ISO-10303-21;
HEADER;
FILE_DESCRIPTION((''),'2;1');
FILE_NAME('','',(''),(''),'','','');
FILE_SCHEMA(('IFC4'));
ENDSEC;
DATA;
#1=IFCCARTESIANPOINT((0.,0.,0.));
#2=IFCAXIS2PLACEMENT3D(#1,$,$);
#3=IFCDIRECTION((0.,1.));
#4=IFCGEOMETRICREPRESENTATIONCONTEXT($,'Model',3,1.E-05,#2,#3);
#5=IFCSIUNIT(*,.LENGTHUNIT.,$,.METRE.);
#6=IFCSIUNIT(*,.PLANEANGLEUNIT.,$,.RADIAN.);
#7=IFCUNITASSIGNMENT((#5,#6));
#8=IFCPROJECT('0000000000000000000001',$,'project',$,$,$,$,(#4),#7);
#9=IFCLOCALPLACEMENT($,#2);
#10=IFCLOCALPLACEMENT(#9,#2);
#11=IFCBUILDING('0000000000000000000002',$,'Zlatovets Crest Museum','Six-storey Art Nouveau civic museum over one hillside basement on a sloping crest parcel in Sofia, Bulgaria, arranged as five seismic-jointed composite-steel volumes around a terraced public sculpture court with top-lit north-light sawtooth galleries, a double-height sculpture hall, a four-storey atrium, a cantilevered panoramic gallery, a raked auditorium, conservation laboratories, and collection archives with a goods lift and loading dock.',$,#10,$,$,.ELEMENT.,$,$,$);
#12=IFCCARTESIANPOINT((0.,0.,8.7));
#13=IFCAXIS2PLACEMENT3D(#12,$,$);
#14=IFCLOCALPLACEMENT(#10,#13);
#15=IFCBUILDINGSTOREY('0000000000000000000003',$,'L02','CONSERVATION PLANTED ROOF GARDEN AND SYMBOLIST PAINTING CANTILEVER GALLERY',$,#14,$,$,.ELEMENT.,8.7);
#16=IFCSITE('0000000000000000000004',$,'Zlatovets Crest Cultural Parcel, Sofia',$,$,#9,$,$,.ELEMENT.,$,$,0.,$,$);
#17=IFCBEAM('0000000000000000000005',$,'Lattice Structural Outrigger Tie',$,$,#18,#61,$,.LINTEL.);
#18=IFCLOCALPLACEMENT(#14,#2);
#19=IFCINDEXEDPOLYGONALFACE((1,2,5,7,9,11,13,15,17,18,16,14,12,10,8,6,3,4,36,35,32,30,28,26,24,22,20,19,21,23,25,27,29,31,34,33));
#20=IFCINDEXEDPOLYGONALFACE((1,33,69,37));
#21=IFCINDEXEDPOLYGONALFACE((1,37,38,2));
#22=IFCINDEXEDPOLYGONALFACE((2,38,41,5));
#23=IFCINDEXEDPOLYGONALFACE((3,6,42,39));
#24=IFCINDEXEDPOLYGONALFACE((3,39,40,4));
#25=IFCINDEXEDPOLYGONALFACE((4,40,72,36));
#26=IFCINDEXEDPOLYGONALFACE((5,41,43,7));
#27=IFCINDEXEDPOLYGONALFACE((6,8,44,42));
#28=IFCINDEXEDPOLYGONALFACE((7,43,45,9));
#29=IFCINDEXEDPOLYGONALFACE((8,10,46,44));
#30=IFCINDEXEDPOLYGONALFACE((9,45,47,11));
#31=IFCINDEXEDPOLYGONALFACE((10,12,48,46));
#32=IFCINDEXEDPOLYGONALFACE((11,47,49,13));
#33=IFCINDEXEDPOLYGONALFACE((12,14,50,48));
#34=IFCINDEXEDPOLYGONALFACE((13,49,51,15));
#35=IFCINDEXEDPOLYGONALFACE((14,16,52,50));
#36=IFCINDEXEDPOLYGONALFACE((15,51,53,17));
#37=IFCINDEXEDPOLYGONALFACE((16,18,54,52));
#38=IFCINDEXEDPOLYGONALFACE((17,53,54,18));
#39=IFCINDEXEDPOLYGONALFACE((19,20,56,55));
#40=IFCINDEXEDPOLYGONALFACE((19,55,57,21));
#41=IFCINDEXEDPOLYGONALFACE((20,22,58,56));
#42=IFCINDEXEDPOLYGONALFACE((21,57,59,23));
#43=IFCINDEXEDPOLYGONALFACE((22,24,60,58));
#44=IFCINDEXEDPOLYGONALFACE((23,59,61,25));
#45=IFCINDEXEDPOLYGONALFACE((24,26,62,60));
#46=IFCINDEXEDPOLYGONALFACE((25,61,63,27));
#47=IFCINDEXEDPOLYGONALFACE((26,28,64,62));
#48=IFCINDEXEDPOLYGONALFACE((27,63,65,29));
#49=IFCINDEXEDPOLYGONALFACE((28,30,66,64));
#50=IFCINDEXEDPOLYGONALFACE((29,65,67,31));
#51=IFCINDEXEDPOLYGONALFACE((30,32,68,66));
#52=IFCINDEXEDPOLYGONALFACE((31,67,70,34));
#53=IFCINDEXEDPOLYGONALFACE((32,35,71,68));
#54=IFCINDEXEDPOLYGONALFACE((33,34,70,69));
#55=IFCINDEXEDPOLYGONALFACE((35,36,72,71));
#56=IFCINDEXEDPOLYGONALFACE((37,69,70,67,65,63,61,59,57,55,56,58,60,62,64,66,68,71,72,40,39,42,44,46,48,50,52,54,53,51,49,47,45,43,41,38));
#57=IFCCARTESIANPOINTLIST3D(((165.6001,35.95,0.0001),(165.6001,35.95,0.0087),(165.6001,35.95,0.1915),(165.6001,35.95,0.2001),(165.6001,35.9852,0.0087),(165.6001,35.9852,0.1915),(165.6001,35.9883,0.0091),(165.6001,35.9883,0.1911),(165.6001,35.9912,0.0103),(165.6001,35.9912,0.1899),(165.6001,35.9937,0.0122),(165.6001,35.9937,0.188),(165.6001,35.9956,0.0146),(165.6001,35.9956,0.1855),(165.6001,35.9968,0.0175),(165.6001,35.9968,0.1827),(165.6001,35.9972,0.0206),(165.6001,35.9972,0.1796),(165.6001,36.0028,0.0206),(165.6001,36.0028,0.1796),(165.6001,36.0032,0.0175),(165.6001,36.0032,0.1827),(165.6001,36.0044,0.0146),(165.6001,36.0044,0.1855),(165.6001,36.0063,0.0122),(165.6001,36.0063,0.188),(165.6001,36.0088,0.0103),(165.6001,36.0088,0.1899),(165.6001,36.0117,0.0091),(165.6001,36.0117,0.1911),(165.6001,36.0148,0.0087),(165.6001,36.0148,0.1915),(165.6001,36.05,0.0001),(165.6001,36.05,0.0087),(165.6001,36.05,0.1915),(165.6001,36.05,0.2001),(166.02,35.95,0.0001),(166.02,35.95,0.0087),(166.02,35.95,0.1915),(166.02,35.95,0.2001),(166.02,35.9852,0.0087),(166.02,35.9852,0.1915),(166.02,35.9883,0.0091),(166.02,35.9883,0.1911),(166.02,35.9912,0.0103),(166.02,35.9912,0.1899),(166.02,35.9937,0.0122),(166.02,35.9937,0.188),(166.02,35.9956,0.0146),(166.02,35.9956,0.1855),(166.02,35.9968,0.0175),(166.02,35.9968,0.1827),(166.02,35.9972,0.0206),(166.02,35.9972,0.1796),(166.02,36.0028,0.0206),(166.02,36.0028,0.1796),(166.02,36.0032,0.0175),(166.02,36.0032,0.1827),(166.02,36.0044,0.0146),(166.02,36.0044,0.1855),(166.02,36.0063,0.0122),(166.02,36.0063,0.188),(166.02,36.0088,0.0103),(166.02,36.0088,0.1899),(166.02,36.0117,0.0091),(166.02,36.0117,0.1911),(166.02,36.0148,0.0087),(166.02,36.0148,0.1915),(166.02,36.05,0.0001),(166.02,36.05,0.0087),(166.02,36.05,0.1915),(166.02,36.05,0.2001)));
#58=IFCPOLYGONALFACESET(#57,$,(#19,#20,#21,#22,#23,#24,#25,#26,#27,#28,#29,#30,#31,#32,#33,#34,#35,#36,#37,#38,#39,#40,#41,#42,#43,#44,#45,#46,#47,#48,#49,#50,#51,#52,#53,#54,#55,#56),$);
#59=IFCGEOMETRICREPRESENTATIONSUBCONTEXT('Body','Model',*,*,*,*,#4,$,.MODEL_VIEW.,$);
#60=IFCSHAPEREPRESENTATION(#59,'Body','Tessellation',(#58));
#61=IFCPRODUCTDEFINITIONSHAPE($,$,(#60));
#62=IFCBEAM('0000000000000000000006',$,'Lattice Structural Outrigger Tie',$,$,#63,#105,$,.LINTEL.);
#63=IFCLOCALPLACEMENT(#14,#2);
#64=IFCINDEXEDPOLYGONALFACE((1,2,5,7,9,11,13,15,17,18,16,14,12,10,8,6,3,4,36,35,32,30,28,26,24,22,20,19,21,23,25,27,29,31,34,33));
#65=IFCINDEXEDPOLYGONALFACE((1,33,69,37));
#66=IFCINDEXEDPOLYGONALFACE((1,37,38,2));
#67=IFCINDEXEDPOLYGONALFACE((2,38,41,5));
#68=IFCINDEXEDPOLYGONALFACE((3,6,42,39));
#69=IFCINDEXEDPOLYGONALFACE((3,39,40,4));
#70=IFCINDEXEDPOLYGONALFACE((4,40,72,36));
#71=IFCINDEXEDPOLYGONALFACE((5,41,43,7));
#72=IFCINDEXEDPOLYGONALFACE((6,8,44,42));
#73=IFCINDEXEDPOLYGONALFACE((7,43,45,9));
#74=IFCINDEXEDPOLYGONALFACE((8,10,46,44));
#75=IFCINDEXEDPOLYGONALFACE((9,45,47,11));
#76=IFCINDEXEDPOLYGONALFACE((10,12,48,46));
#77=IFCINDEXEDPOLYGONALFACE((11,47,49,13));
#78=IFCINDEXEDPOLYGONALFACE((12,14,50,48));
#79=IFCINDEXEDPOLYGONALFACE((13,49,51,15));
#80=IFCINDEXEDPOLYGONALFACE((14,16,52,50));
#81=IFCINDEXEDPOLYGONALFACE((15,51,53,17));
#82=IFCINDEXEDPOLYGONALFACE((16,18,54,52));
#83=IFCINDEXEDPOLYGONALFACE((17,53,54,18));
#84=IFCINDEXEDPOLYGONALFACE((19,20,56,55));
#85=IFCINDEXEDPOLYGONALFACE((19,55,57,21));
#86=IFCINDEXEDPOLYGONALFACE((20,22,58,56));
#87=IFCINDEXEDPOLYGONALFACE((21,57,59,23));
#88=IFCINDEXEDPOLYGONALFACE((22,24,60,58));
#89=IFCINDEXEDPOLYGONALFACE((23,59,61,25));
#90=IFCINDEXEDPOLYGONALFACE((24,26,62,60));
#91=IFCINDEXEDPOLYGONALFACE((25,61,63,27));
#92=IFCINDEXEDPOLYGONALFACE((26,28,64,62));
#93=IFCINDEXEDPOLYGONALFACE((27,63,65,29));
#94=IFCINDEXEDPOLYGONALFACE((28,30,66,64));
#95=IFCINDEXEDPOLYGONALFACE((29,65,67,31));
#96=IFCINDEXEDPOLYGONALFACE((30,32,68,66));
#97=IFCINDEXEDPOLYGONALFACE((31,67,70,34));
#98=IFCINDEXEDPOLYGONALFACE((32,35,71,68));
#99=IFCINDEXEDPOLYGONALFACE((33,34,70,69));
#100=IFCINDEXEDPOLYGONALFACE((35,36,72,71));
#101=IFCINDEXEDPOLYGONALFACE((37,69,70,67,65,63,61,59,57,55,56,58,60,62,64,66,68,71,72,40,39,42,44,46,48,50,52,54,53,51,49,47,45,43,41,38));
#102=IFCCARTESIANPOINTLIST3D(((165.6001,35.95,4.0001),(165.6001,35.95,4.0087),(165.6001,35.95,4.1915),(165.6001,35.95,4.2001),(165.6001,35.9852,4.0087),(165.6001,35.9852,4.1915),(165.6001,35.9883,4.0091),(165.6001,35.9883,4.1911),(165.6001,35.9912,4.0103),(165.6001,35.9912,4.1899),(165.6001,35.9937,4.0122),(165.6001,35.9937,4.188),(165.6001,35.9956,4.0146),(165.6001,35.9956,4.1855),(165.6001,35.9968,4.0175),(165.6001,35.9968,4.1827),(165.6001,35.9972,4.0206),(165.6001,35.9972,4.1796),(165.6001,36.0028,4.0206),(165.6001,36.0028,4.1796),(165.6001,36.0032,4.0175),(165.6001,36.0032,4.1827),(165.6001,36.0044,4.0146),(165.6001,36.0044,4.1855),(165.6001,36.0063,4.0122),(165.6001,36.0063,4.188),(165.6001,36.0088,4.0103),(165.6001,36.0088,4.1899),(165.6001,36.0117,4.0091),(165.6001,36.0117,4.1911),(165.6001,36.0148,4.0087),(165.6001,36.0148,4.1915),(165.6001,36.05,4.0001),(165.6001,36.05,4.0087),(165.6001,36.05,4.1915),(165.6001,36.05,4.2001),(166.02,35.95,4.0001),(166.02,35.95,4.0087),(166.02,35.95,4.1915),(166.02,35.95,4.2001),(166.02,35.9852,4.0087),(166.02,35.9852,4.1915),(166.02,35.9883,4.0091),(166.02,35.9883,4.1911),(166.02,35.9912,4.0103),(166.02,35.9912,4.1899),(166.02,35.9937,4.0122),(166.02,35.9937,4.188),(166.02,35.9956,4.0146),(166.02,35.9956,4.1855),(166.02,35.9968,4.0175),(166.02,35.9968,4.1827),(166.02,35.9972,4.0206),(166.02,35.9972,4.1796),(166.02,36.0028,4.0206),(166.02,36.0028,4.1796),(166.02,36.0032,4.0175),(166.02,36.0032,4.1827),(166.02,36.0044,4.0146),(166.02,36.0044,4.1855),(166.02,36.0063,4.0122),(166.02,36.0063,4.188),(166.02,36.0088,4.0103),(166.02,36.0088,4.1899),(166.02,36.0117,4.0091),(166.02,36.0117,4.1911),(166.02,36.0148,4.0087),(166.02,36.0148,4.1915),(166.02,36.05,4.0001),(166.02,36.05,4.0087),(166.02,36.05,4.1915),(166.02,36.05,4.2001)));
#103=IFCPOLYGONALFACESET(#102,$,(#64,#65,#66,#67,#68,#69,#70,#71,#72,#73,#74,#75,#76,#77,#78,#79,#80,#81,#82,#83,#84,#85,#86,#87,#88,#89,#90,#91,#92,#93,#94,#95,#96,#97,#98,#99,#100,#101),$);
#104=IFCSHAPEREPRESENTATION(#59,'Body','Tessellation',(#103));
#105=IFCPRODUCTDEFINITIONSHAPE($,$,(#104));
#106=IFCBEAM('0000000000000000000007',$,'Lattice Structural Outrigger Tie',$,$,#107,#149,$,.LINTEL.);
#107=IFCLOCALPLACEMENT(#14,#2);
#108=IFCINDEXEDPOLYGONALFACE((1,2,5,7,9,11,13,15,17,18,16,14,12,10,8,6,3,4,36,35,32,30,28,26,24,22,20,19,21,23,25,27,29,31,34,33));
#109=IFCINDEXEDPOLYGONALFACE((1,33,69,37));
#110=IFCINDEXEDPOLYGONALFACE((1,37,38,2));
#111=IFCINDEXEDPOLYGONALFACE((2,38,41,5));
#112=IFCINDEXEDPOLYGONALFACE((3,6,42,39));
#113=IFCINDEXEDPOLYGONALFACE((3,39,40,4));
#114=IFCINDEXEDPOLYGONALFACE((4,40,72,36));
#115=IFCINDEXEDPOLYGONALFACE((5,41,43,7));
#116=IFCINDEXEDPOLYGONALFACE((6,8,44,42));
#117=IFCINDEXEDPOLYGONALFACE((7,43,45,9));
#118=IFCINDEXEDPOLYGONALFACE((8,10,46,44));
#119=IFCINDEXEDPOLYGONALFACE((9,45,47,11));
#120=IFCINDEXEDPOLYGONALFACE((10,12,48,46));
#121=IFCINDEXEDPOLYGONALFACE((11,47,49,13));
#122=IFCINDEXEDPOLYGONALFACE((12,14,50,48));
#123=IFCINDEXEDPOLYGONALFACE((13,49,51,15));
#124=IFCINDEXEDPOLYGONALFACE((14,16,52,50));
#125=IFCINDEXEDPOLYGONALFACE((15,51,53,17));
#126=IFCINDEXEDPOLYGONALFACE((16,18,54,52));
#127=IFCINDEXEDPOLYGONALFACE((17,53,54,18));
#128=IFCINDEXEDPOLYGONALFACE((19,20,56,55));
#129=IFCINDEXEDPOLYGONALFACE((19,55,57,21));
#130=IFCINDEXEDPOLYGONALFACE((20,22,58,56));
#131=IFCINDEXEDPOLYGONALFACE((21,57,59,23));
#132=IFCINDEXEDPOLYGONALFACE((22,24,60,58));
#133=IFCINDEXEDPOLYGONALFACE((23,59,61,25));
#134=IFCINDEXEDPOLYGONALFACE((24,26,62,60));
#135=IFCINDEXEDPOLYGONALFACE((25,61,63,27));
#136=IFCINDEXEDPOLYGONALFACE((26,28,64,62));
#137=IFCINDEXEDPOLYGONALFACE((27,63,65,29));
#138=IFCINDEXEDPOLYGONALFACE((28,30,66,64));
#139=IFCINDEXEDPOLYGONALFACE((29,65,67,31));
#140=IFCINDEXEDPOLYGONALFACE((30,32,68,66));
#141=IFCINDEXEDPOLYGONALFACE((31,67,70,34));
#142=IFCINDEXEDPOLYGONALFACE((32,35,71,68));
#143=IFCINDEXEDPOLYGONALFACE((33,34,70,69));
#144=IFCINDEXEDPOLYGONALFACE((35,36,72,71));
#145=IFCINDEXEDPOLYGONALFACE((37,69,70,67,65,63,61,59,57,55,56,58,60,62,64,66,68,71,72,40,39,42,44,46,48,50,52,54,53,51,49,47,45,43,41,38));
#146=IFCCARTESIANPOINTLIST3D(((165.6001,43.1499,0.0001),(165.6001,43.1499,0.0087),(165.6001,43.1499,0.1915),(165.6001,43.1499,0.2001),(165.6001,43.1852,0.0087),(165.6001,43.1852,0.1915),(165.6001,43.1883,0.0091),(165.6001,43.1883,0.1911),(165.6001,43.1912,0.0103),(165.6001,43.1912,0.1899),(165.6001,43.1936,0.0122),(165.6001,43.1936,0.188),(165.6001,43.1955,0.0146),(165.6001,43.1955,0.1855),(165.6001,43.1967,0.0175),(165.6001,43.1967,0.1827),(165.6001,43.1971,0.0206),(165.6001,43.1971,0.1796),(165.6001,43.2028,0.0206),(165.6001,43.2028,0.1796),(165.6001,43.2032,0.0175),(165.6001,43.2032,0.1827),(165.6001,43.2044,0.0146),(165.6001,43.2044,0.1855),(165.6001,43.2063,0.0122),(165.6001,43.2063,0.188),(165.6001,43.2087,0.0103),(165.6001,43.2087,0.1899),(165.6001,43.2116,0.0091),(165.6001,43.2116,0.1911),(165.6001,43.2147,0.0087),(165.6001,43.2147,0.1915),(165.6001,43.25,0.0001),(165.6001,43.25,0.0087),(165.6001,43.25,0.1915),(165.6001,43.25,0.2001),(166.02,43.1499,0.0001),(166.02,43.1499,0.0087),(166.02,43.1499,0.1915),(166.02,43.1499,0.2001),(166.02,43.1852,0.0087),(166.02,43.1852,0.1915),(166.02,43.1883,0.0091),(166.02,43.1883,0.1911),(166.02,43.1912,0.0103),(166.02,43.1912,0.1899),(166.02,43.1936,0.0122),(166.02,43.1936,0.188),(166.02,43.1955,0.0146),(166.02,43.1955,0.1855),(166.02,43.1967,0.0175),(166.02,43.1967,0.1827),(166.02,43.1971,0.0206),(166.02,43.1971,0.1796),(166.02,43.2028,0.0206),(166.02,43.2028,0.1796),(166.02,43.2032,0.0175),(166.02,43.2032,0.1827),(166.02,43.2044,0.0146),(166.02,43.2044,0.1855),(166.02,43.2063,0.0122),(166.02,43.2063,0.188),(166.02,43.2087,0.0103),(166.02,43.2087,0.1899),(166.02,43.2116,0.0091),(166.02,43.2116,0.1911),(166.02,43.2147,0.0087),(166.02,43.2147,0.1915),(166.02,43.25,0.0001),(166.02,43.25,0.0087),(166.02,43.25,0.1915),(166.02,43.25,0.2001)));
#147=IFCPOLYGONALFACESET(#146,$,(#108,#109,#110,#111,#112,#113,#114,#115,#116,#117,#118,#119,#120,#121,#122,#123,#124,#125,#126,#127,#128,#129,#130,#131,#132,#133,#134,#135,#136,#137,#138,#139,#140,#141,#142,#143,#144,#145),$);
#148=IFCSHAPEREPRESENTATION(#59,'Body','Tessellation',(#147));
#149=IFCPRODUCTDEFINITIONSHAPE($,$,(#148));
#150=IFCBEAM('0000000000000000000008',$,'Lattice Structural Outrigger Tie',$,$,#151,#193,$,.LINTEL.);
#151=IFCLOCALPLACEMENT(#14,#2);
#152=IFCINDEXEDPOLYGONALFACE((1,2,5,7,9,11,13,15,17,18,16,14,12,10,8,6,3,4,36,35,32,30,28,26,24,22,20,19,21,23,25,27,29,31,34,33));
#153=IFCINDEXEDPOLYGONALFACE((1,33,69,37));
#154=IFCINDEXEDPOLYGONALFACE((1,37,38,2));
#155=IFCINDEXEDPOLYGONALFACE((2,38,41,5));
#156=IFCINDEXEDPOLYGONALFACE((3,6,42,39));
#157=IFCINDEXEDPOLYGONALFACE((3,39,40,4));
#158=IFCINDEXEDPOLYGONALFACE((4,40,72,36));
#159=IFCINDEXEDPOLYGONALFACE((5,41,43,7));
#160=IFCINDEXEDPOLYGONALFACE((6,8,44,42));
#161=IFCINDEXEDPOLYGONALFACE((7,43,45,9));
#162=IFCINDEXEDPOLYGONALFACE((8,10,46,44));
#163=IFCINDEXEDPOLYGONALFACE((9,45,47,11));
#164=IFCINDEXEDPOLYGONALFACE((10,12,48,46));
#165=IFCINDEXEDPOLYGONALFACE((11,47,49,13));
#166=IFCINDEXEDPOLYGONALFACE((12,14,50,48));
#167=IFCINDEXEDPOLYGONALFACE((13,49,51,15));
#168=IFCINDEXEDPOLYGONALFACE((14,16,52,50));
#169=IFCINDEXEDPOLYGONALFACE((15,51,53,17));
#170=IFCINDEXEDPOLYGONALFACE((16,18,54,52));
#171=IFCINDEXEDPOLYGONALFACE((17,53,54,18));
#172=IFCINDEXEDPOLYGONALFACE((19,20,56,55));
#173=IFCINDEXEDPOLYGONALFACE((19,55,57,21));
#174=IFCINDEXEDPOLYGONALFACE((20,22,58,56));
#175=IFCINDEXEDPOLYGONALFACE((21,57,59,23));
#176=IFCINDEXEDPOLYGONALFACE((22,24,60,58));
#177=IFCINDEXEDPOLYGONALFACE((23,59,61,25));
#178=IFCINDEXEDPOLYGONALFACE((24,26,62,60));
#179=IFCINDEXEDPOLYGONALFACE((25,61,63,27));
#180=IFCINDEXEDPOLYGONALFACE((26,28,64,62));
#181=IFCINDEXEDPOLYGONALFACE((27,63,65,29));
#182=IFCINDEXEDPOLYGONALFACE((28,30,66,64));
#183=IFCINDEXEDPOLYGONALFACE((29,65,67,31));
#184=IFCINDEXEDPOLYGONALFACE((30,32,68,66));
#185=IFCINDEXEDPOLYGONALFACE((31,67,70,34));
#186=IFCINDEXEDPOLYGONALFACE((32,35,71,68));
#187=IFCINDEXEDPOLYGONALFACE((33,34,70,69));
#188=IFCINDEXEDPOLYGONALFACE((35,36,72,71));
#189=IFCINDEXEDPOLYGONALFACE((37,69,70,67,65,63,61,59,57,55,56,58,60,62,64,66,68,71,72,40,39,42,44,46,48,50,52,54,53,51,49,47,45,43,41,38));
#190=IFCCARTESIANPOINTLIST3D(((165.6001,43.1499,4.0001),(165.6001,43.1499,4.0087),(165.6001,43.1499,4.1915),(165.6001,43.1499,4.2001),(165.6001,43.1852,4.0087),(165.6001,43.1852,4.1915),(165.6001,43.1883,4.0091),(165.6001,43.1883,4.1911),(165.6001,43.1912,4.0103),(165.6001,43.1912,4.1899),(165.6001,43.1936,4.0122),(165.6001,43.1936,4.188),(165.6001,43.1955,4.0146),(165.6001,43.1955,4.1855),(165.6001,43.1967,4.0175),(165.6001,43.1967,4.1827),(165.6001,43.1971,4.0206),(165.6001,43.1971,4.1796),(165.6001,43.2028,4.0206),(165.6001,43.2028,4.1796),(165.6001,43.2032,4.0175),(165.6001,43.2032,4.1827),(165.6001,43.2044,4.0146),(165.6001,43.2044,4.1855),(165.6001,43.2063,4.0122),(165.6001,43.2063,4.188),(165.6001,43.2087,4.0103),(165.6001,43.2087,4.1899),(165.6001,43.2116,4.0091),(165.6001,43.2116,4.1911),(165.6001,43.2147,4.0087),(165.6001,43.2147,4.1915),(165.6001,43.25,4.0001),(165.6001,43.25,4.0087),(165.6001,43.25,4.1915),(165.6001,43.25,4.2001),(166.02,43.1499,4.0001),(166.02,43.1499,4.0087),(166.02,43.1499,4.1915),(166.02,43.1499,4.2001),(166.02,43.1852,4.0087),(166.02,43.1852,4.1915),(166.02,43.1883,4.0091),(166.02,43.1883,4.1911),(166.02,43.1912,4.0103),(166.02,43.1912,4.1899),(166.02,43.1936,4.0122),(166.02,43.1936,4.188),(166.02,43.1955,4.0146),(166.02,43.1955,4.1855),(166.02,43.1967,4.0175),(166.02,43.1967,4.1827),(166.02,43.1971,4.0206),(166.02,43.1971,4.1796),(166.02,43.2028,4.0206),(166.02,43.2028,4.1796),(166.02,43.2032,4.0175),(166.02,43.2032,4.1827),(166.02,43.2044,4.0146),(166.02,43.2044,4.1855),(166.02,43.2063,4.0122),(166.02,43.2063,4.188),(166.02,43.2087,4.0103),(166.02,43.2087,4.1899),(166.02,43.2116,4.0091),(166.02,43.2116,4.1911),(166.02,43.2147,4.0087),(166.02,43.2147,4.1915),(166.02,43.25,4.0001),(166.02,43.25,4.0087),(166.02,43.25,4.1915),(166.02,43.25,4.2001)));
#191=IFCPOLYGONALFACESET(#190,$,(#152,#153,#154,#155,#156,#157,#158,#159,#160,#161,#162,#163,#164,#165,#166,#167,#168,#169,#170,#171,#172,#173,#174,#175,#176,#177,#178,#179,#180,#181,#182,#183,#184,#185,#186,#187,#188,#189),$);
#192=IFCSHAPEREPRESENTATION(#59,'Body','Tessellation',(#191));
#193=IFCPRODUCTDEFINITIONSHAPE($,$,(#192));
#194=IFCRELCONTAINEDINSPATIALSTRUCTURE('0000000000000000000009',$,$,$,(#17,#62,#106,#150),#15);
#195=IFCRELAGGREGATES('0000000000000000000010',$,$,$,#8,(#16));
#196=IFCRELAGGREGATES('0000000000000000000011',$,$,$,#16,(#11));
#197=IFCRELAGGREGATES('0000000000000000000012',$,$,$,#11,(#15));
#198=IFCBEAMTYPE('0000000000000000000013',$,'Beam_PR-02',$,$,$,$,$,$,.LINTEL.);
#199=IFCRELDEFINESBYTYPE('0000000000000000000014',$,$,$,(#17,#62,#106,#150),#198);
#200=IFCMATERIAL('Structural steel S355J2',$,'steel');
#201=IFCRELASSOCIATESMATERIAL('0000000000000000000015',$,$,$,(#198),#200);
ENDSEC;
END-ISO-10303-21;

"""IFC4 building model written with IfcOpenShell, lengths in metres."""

from ifc_helpers import new_model, si_unit, direction, frame, origin, origin_2d, place, context, subcontext, project, spatial, i_section, extrude, material, material_profile, profile_set, type_object, element, save


model = new_model("IFC4")

# Units and contexts
model_context = context("Model", 3, precision=1e-05, world=origin(), true_north=direction((0.0, 1.0)))
body_context = subcontext(model_context, "Body", "Model", "MODEL_VIEW")
ifc_project = project(units=[si_unit("LENGTHUNIT", "METRE"), si_unit("PLANEANGLEUNIT", "RADIAN")], contexts=[model_context])

# Site, building, storey
site_placement = place(None, origin())
site = spatial("IfcSite", under=ifc_project, at=site_placement, Name="Zlatovets Crest Cultural Parcel, Sofia", CompositionType="ELEMENT", RefElevation=0.0)
building_placement = place(site_placement, origin())
building = spatial("IfcBuilding", under=site, at=building_placement, Name="Zlatovets Crest Museum", Description="Six-storey Art Nouveau civic museum over one hillside basement on a sloping crest parcel in Sofia, Bulgaria, arranged as five seismic-jointed composite-steel volumes around a terraced public sculpture court with top-lit north-light sawtooth galleries, a double-height sculpture hall, a four-storey atrium, a cantilevered panoramic gallery, a raked auditorium, conservation laboratories, and collection archives with a goods lift and loading dock.", CompositionType="ELEMENT")
storey_placement = place(building_placement, frame((0.0, 0.0, 8.7)))
storey = spatial("IfcBuildingStorey", under=building, at=storey_placement, Name="L02", Description="CONSERVATION PLANTED ROOF GARDEN AND SYMBOLIST PAINTING CANTILEVER GALLERY", CompositionType="ELEMENT", Elevation=8.7)

# Shared definitions
ifc_material_1 = material(Name="Structural steel S355J2", Category="steel")

# Beams
ifc_material_profile_1 = material_profile(ifc_material_1, i_section(OverallWidth=0.1001, OverallDepth=0.2, WebThickness=0.0056, FlangeThickness=0.0085, FilletRadius=0.012, at=origin_2d()), Name="IPE 200")
ifc_profile_set_1 = profile_set([ifc_material_profile_1], Name="Structural steel S355J2")
beam_type_1 = type_object("IfcBeamType", Name="Beam_PR-02", PredefinedType="LINTEL", material=ifc_profile_set_1)
for number, where, z_axis, x_axis, name in (
    (1, (165.6001, 36.0, 0.1001), (1.0, 0.0, 0.0), (0.0, 1.0, 0.0), "Lattice Structural Outrigger Tie"),
    (2, (165.6001, 36.0, 4.1001), (1.0, 0.0, 0.0), (0.0, 1.0, 0.0), "Lattice Structural Outrigger Tie"),
    (3, (165.6001, 43.2, 0.1001), (1.0, 0.0, 0.0), (0.0, 1.0, 0.0), "Lattice Structural Outrigger Tie"),
    (4, (165.6001, 43.2, 4.1001), (1.0, 0.0, 0.0), (0.0, 1.0, 0.0), "Lattice Structural Outrigger Tie"),
):
    element("IfcBeam", number, at=place(storey_placement, frame(where, z_axis=z_axis, x_axis=x_axis)), inside=storey, type_object=beam_type_1, Name=name, PredefinedType="LINTEL", context=body_context, shape_type="SweptSolid", body=[
        extrude(i_section(OverallWidth=0.1001, OverallDepth=0.2, WebThickness=0.0056, FlangeThickness=0.0085, FilletRadius=0.012, at=origin_2d()), origin(), (0.0, 0.0, 1.0), 0.4199),
    ])

save(model, "model.ifc")
